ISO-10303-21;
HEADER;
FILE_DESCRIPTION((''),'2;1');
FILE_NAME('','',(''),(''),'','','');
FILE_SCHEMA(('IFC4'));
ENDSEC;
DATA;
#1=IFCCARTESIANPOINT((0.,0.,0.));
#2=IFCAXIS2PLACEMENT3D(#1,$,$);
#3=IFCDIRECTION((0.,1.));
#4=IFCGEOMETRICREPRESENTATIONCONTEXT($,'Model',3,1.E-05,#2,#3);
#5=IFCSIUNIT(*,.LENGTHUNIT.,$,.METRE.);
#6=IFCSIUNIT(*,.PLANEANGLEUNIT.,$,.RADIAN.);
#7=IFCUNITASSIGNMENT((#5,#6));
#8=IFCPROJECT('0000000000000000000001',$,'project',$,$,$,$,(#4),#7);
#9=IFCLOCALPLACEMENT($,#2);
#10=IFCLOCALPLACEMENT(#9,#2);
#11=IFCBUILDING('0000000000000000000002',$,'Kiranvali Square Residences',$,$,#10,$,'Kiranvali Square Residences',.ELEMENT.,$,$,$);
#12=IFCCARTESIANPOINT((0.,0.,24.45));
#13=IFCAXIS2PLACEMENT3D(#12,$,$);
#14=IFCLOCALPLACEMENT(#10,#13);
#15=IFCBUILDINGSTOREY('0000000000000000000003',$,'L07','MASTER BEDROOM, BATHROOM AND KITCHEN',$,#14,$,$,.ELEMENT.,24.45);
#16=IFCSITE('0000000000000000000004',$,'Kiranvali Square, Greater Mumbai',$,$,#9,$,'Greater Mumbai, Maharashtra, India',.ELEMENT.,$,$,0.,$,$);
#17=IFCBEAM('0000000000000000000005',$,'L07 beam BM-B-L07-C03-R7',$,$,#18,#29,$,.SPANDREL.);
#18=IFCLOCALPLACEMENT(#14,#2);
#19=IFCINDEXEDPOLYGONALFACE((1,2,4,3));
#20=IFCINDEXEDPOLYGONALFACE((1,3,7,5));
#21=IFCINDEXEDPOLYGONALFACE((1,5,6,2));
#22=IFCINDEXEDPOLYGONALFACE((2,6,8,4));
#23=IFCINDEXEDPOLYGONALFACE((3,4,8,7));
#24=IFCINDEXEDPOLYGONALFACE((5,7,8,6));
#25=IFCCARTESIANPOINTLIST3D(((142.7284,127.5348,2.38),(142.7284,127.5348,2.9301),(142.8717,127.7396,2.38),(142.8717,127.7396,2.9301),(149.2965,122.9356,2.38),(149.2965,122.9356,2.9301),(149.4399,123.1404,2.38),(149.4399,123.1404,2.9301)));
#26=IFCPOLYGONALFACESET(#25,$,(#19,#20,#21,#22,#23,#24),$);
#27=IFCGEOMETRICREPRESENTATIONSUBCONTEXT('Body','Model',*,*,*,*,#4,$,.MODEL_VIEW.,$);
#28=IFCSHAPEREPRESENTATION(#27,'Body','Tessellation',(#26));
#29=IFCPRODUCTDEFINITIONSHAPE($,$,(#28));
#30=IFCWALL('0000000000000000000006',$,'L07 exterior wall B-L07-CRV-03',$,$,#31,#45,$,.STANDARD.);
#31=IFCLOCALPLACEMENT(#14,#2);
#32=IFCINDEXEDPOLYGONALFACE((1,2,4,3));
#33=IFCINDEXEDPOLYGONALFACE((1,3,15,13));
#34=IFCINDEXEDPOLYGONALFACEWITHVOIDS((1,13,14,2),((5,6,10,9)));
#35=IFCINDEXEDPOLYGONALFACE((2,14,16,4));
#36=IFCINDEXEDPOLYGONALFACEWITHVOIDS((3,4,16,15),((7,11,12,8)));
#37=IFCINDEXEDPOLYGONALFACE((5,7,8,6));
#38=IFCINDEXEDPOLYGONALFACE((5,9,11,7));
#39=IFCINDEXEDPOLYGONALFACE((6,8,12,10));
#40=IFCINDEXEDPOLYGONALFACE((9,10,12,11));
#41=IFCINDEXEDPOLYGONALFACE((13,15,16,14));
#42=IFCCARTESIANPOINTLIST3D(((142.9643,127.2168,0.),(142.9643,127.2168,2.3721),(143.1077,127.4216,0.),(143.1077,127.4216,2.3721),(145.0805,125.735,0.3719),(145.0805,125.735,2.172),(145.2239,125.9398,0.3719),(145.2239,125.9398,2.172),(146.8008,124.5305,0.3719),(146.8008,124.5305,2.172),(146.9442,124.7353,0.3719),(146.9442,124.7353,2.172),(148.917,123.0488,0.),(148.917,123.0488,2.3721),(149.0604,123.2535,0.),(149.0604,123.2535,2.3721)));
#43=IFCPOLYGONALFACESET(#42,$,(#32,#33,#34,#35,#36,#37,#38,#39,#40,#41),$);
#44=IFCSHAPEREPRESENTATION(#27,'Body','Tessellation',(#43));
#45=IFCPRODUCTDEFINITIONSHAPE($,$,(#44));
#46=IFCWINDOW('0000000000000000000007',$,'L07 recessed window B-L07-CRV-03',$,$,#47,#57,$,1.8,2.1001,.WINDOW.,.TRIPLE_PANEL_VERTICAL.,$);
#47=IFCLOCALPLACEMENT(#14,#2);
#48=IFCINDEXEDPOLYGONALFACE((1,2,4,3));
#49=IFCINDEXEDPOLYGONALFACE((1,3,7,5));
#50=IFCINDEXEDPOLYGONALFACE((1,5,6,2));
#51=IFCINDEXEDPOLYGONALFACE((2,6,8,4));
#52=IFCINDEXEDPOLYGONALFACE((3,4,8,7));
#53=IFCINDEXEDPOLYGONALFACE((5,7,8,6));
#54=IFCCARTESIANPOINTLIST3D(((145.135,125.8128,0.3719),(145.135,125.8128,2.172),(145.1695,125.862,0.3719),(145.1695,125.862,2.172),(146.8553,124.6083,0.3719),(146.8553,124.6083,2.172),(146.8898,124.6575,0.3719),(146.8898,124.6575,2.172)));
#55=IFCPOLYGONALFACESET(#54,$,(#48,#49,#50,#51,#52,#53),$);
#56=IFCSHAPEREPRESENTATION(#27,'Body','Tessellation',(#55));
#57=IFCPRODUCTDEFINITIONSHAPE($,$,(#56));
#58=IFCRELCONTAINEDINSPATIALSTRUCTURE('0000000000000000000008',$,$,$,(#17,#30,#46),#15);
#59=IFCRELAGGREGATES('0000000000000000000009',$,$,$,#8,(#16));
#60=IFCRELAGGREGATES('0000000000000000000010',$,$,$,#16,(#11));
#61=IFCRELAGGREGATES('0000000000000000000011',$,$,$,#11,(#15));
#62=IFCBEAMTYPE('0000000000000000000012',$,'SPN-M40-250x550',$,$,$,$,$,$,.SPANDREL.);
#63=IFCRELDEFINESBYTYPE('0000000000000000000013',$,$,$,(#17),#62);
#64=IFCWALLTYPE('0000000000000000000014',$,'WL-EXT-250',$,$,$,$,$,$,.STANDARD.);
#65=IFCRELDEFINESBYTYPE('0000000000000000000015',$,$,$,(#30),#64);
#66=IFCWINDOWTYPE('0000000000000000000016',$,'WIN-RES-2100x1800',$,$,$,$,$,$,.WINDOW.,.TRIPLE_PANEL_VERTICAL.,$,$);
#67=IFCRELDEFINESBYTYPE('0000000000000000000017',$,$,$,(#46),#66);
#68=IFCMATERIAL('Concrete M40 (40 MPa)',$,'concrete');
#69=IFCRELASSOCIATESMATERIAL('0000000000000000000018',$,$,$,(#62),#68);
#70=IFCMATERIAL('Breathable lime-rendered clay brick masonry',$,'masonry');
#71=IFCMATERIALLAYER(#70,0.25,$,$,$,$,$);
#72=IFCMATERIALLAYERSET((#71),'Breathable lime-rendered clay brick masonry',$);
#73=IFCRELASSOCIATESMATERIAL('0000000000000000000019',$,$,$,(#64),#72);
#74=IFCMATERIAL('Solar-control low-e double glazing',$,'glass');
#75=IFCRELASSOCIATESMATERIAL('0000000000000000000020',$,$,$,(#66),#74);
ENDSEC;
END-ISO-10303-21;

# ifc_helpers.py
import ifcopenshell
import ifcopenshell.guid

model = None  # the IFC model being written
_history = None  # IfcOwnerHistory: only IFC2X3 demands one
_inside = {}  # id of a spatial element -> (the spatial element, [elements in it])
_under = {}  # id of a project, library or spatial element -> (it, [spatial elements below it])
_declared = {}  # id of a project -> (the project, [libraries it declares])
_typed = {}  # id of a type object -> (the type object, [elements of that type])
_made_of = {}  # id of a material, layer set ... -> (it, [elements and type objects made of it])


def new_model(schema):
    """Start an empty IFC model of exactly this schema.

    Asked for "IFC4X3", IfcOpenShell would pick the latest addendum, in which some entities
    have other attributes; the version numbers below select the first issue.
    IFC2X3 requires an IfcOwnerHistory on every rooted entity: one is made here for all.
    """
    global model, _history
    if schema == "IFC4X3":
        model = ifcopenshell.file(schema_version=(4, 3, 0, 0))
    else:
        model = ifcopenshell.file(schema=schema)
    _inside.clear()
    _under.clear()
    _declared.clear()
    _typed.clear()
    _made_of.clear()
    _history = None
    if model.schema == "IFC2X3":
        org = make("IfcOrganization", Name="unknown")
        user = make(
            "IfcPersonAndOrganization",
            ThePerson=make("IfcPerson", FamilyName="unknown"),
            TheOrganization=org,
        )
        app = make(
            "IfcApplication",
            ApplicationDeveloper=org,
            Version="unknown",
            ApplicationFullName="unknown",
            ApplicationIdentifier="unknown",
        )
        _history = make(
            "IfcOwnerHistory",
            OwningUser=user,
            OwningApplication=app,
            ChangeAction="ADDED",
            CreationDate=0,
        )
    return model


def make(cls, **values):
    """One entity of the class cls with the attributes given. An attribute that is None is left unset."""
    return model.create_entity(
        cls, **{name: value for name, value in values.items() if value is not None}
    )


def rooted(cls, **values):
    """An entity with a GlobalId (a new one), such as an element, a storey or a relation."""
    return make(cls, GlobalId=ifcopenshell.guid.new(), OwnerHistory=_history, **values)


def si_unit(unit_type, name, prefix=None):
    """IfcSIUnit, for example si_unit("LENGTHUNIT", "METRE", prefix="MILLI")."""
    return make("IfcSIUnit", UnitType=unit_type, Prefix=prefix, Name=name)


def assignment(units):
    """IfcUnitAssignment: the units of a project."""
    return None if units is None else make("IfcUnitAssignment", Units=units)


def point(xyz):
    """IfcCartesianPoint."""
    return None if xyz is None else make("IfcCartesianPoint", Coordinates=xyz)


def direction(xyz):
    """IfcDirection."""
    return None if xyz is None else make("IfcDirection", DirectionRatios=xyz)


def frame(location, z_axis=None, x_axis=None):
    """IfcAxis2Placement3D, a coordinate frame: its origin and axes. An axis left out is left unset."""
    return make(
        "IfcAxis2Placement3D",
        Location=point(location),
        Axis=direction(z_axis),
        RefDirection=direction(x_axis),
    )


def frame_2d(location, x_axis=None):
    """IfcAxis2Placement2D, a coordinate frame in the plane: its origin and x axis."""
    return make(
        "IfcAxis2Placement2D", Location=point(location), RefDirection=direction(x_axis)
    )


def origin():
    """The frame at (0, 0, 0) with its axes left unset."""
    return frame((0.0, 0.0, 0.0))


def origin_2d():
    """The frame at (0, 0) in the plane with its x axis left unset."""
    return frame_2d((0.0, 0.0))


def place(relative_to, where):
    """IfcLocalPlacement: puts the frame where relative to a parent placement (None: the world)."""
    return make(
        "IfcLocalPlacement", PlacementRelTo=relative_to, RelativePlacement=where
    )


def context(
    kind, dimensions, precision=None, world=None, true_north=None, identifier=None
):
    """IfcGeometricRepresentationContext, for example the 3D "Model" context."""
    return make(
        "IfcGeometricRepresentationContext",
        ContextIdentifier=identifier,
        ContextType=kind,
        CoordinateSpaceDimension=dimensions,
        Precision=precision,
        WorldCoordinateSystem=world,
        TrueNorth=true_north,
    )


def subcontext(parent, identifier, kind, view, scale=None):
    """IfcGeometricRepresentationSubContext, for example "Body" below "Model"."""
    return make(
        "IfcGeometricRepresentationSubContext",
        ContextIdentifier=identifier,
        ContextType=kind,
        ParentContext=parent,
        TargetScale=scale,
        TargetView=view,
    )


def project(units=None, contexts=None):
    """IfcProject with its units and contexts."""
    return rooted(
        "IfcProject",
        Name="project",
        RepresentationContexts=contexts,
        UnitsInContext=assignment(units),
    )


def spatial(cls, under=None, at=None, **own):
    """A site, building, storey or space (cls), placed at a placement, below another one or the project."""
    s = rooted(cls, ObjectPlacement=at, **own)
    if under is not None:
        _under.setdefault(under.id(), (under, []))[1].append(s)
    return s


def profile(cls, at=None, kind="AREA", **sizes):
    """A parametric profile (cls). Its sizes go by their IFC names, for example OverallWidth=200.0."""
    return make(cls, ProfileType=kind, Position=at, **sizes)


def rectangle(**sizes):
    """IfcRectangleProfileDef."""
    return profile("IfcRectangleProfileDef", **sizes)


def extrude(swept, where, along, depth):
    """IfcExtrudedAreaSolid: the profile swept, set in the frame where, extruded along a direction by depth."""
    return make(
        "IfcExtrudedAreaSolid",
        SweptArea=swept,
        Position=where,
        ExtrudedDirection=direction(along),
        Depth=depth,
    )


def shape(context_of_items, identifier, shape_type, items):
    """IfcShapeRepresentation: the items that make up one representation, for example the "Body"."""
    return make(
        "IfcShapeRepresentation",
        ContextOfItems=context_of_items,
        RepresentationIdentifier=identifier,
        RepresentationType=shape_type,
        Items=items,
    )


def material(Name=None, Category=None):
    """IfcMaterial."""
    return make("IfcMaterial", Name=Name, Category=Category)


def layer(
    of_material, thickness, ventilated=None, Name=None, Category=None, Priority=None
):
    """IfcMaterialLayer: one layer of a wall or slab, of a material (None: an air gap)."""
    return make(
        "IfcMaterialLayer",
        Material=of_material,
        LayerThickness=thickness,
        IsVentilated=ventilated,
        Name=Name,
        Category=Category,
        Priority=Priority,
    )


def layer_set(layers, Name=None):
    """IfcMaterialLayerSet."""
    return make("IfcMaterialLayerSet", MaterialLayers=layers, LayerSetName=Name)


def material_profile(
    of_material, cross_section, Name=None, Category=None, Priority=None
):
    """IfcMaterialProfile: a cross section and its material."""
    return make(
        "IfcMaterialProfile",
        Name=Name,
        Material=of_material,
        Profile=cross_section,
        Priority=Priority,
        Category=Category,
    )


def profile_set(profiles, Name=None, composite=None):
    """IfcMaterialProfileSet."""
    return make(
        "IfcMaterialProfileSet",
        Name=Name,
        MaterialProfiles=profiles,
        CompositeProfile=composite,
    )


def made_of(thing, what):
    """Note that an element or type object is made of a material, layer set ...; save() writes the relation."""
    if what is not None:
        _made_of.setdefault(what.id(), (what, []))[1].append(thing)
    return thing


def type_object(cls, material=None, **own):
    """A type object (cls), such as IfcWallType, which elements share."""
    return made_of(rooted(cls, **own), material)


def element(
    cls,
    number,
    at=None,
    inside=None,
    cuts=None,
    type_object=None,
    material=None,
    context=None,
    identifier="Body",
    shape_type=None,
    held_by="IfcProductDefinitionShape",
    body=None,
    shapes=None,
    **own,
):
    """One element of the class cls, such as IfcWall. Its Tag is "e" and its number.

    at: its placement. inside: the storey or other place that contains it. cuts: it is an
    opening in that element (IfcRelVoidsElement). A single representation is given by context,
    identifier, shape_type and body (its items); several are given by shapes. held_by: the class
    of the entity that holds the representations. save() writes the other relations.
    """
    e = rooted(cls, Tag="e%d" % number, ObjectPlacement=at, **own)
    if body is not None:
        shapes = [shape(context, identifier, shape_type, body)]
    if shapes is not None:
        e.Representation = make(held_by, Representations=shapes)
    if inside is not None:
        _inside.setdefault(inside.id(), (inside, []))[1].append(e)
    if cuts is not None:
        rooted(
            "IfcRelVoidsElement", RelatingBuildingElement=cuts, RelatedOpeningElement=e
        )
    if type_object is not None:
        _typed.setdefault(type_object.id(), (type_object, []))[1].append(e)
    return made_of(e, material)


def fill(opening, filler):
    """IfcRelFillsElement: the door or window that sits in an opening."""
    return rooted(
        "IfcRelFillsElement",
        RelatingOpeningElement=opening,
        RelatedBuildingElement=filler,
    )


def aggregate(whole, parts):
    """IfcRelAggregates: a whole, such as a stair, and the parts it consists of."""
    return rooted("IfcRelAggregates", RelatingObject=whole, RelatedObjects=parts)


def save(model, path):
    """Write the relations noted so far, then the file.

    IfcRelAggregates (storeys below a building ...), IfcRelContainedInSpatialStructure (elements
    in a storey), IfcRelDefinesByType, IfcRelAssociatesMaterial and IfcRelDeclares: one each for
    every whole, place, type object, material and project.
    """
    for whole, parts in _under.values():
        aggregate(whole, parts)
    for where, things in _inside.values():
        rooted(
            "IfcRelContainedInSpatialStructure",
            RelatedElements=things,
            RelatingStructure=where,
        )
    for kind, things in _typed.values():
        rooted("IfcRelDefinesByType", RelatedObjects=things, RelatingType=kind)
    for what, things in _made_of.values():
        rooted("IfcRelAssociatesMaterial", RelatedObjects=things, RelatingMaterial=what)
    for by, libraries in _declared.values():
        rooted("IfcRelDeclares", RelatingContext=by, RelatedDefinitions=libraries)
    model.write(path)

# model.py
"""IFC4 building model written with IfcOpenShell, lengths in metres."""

from ifc_helpers import new_model, si_unit, direction, frame, frame_2d, origin, origin_2d, place, context, subcontext, project, spatial, rectangle, extrude, material, layer, layer_set, material_profile, profile_set, type_object, element, fill, save


model = new_model("IFC4")

# Units and contexts
model_context = context("Model", 3, precision=1e-05, world=origin(), true_north=direction((0.0, 1.0)))
body_context = subcontext(model_context, "Body", "Model", "MODEL_VIEW")
ifc_project = project(units=[si_unit("LENGTHUNIT", "METRE"), si_unit("PLANEANGLEUNIT", "RADIAN")], contexts=[model_context])

# Site, building, storey
site_placement = place(None, origin())
site = spatial("IfcSite", under=ifc_project, at=site_placement, Name="Kiranvali Square, Greater Mumbai", LongName="Greater Mumbai, Maharashtra, India", CompositionType="ELEMENT", RefElevation=0.0)
building_placement = place(site_placement, origin())
building = spatial("IfcBuilding", under=site, at=building_placement, Name="Kiranvali Square Residences", LongName="Kiranvali Square Residences", CompositionType="ELEMENT")
storey_placement = place(building_placement, frame((0.0, 0.0, 24.45)))
storey = spatial("IfcBuildingStorey", under=building, at=storey_placement, Name="L07", Description="MASTER BEDROOM, BATHROOM AND KITCHEN", CompositionType="ELEMENT", Elevation=24.45)

# Beam
ifc_material_1 = material(Name="Concrete M40 (40 MPa)", Category="concrete")
ifc_material_profile_1 = material_profile(ifc_material_1, rectangle(XDim=0.25, YDim=0.55, at=origin_2d()), Name="RC 250x550")
ifc_profile_set_1 = profile_set([ifc_material_profile_1], Name="Concrete M40 (40 MPa)")
beam_type_1 = type_object("IfcBeamType", Name="SPN-M40-250x550", PredefinedType="SPANDREL", material=ifc_profile_set_1)
beam_1_placement = place(storey_placement, frame((142.8, 127.6372, 2.655), z_axis=(0.819148, -0.573583, 0.0), x_axis=(0.573583, 0.819148, 0.0)))
element("IfcBeam", 1, at=beam_1_placement, inside=storey, type_object=beam_type_1, Name="L07 beam BM-B-L07-C03-R7", PredefinedType="SPANDREL", context=body_context, shape_type="SweptSolid", body=[
    extrude(rectangle(XDim=0.25, YDim=0.55, at=origin_2d()), origin(), (0.0, 0.0, 1.0), 8.0183),
])

# Wall, opening, window
ifc_material_2 = material(Name="Breathable lime-rendered clay brick masonry", Category="masonry")
ifc_layer = layer(ifc_material_2, 0.25)
ifc_layer_set = layer_set([ifc_layer], Name="Breathable lime-rendered clay brick masonry")
wall_type = type_object("IfcWallType", Name="WL-EXT-250", PredefinedType="STANDARD", material=ifc_layer_set)
wall_placement = place(storey_placement, frame((143.0361, 127.3191, 0.0), z_axis=(0.0, 0.0, 1.0), x_axis=(0.819159, -0.573566, 0.0)))
wall = element("IfcWall", 2, at=wall_placement, inside=storey, type_object=wall_type, Name="L07 exterior wall B-L07-CRV-03", PredefinedType="STANDARD", context=body_context, shape_type="SweptSolid", body=[
    extrude(rectangle(XDim=7.2668, YDim=0.25, at=frame_2d((3.6333, 0.0))), origin(), (0.0, 0.0, 1.0), 2.3721),
])
opening_placement = place(wall_placement, frame((2.5833, 0.0, 0.3721)))
opening = element("IfcOpeningElement", 3, at=opening_placement, cuts=wall, PredefinedType="OPENING", context=body_context, shape_type="SweptSolid", body=[
    extrude(rectangle(XDim=2.1001, YDim=1.8, at=frame_2d((1.05, 0.8999))), frame((0.0, 0.135, 0.0), z_axis=(0.0, -1.0, 0.0), x_axis=(1.0, 0.0, 0.0)), (0.0, 0.0, 1.0), 0.27),
])
ifc_material_3 = material(Name="Solar-control low-e double glazing", Category="glass")
window_type = type_object("IfcWindowType", Name="WIN-RES-2100x1800", PartitioningType="TRIPLE_PANEL_VERTICAL", PredefinedType="WINDOW", material=ifc_material_3)
window_placement = place(opening_placement, origin())
window = element("IfcWindow", 4, at=window_placement, inside=storey, type_object=window_type, Name="L07 recessed window B-L07-CRV-03", OverallHeight=1.8, OverallWidth=2.1001, PartitioningType="TRIPLE_PANEL_VERTICAL", PredefinedType="WINDOW", context=body_context, shape_type="SweptSolid", body=[
    extrude(rectangle(XDim=2.1001, YDim=1.8, at=frame_2d((1.05, 0.8999))), frame((0.0, 0.03, 0.0), z_axis=(0.0, -1.0, 0.0), x_axis=(1.0, 0.0, 0.0)), (0.0, 0.0, 1.0), 0.0601),
])
fill(opening, window)

save(model, "model.ifc")
